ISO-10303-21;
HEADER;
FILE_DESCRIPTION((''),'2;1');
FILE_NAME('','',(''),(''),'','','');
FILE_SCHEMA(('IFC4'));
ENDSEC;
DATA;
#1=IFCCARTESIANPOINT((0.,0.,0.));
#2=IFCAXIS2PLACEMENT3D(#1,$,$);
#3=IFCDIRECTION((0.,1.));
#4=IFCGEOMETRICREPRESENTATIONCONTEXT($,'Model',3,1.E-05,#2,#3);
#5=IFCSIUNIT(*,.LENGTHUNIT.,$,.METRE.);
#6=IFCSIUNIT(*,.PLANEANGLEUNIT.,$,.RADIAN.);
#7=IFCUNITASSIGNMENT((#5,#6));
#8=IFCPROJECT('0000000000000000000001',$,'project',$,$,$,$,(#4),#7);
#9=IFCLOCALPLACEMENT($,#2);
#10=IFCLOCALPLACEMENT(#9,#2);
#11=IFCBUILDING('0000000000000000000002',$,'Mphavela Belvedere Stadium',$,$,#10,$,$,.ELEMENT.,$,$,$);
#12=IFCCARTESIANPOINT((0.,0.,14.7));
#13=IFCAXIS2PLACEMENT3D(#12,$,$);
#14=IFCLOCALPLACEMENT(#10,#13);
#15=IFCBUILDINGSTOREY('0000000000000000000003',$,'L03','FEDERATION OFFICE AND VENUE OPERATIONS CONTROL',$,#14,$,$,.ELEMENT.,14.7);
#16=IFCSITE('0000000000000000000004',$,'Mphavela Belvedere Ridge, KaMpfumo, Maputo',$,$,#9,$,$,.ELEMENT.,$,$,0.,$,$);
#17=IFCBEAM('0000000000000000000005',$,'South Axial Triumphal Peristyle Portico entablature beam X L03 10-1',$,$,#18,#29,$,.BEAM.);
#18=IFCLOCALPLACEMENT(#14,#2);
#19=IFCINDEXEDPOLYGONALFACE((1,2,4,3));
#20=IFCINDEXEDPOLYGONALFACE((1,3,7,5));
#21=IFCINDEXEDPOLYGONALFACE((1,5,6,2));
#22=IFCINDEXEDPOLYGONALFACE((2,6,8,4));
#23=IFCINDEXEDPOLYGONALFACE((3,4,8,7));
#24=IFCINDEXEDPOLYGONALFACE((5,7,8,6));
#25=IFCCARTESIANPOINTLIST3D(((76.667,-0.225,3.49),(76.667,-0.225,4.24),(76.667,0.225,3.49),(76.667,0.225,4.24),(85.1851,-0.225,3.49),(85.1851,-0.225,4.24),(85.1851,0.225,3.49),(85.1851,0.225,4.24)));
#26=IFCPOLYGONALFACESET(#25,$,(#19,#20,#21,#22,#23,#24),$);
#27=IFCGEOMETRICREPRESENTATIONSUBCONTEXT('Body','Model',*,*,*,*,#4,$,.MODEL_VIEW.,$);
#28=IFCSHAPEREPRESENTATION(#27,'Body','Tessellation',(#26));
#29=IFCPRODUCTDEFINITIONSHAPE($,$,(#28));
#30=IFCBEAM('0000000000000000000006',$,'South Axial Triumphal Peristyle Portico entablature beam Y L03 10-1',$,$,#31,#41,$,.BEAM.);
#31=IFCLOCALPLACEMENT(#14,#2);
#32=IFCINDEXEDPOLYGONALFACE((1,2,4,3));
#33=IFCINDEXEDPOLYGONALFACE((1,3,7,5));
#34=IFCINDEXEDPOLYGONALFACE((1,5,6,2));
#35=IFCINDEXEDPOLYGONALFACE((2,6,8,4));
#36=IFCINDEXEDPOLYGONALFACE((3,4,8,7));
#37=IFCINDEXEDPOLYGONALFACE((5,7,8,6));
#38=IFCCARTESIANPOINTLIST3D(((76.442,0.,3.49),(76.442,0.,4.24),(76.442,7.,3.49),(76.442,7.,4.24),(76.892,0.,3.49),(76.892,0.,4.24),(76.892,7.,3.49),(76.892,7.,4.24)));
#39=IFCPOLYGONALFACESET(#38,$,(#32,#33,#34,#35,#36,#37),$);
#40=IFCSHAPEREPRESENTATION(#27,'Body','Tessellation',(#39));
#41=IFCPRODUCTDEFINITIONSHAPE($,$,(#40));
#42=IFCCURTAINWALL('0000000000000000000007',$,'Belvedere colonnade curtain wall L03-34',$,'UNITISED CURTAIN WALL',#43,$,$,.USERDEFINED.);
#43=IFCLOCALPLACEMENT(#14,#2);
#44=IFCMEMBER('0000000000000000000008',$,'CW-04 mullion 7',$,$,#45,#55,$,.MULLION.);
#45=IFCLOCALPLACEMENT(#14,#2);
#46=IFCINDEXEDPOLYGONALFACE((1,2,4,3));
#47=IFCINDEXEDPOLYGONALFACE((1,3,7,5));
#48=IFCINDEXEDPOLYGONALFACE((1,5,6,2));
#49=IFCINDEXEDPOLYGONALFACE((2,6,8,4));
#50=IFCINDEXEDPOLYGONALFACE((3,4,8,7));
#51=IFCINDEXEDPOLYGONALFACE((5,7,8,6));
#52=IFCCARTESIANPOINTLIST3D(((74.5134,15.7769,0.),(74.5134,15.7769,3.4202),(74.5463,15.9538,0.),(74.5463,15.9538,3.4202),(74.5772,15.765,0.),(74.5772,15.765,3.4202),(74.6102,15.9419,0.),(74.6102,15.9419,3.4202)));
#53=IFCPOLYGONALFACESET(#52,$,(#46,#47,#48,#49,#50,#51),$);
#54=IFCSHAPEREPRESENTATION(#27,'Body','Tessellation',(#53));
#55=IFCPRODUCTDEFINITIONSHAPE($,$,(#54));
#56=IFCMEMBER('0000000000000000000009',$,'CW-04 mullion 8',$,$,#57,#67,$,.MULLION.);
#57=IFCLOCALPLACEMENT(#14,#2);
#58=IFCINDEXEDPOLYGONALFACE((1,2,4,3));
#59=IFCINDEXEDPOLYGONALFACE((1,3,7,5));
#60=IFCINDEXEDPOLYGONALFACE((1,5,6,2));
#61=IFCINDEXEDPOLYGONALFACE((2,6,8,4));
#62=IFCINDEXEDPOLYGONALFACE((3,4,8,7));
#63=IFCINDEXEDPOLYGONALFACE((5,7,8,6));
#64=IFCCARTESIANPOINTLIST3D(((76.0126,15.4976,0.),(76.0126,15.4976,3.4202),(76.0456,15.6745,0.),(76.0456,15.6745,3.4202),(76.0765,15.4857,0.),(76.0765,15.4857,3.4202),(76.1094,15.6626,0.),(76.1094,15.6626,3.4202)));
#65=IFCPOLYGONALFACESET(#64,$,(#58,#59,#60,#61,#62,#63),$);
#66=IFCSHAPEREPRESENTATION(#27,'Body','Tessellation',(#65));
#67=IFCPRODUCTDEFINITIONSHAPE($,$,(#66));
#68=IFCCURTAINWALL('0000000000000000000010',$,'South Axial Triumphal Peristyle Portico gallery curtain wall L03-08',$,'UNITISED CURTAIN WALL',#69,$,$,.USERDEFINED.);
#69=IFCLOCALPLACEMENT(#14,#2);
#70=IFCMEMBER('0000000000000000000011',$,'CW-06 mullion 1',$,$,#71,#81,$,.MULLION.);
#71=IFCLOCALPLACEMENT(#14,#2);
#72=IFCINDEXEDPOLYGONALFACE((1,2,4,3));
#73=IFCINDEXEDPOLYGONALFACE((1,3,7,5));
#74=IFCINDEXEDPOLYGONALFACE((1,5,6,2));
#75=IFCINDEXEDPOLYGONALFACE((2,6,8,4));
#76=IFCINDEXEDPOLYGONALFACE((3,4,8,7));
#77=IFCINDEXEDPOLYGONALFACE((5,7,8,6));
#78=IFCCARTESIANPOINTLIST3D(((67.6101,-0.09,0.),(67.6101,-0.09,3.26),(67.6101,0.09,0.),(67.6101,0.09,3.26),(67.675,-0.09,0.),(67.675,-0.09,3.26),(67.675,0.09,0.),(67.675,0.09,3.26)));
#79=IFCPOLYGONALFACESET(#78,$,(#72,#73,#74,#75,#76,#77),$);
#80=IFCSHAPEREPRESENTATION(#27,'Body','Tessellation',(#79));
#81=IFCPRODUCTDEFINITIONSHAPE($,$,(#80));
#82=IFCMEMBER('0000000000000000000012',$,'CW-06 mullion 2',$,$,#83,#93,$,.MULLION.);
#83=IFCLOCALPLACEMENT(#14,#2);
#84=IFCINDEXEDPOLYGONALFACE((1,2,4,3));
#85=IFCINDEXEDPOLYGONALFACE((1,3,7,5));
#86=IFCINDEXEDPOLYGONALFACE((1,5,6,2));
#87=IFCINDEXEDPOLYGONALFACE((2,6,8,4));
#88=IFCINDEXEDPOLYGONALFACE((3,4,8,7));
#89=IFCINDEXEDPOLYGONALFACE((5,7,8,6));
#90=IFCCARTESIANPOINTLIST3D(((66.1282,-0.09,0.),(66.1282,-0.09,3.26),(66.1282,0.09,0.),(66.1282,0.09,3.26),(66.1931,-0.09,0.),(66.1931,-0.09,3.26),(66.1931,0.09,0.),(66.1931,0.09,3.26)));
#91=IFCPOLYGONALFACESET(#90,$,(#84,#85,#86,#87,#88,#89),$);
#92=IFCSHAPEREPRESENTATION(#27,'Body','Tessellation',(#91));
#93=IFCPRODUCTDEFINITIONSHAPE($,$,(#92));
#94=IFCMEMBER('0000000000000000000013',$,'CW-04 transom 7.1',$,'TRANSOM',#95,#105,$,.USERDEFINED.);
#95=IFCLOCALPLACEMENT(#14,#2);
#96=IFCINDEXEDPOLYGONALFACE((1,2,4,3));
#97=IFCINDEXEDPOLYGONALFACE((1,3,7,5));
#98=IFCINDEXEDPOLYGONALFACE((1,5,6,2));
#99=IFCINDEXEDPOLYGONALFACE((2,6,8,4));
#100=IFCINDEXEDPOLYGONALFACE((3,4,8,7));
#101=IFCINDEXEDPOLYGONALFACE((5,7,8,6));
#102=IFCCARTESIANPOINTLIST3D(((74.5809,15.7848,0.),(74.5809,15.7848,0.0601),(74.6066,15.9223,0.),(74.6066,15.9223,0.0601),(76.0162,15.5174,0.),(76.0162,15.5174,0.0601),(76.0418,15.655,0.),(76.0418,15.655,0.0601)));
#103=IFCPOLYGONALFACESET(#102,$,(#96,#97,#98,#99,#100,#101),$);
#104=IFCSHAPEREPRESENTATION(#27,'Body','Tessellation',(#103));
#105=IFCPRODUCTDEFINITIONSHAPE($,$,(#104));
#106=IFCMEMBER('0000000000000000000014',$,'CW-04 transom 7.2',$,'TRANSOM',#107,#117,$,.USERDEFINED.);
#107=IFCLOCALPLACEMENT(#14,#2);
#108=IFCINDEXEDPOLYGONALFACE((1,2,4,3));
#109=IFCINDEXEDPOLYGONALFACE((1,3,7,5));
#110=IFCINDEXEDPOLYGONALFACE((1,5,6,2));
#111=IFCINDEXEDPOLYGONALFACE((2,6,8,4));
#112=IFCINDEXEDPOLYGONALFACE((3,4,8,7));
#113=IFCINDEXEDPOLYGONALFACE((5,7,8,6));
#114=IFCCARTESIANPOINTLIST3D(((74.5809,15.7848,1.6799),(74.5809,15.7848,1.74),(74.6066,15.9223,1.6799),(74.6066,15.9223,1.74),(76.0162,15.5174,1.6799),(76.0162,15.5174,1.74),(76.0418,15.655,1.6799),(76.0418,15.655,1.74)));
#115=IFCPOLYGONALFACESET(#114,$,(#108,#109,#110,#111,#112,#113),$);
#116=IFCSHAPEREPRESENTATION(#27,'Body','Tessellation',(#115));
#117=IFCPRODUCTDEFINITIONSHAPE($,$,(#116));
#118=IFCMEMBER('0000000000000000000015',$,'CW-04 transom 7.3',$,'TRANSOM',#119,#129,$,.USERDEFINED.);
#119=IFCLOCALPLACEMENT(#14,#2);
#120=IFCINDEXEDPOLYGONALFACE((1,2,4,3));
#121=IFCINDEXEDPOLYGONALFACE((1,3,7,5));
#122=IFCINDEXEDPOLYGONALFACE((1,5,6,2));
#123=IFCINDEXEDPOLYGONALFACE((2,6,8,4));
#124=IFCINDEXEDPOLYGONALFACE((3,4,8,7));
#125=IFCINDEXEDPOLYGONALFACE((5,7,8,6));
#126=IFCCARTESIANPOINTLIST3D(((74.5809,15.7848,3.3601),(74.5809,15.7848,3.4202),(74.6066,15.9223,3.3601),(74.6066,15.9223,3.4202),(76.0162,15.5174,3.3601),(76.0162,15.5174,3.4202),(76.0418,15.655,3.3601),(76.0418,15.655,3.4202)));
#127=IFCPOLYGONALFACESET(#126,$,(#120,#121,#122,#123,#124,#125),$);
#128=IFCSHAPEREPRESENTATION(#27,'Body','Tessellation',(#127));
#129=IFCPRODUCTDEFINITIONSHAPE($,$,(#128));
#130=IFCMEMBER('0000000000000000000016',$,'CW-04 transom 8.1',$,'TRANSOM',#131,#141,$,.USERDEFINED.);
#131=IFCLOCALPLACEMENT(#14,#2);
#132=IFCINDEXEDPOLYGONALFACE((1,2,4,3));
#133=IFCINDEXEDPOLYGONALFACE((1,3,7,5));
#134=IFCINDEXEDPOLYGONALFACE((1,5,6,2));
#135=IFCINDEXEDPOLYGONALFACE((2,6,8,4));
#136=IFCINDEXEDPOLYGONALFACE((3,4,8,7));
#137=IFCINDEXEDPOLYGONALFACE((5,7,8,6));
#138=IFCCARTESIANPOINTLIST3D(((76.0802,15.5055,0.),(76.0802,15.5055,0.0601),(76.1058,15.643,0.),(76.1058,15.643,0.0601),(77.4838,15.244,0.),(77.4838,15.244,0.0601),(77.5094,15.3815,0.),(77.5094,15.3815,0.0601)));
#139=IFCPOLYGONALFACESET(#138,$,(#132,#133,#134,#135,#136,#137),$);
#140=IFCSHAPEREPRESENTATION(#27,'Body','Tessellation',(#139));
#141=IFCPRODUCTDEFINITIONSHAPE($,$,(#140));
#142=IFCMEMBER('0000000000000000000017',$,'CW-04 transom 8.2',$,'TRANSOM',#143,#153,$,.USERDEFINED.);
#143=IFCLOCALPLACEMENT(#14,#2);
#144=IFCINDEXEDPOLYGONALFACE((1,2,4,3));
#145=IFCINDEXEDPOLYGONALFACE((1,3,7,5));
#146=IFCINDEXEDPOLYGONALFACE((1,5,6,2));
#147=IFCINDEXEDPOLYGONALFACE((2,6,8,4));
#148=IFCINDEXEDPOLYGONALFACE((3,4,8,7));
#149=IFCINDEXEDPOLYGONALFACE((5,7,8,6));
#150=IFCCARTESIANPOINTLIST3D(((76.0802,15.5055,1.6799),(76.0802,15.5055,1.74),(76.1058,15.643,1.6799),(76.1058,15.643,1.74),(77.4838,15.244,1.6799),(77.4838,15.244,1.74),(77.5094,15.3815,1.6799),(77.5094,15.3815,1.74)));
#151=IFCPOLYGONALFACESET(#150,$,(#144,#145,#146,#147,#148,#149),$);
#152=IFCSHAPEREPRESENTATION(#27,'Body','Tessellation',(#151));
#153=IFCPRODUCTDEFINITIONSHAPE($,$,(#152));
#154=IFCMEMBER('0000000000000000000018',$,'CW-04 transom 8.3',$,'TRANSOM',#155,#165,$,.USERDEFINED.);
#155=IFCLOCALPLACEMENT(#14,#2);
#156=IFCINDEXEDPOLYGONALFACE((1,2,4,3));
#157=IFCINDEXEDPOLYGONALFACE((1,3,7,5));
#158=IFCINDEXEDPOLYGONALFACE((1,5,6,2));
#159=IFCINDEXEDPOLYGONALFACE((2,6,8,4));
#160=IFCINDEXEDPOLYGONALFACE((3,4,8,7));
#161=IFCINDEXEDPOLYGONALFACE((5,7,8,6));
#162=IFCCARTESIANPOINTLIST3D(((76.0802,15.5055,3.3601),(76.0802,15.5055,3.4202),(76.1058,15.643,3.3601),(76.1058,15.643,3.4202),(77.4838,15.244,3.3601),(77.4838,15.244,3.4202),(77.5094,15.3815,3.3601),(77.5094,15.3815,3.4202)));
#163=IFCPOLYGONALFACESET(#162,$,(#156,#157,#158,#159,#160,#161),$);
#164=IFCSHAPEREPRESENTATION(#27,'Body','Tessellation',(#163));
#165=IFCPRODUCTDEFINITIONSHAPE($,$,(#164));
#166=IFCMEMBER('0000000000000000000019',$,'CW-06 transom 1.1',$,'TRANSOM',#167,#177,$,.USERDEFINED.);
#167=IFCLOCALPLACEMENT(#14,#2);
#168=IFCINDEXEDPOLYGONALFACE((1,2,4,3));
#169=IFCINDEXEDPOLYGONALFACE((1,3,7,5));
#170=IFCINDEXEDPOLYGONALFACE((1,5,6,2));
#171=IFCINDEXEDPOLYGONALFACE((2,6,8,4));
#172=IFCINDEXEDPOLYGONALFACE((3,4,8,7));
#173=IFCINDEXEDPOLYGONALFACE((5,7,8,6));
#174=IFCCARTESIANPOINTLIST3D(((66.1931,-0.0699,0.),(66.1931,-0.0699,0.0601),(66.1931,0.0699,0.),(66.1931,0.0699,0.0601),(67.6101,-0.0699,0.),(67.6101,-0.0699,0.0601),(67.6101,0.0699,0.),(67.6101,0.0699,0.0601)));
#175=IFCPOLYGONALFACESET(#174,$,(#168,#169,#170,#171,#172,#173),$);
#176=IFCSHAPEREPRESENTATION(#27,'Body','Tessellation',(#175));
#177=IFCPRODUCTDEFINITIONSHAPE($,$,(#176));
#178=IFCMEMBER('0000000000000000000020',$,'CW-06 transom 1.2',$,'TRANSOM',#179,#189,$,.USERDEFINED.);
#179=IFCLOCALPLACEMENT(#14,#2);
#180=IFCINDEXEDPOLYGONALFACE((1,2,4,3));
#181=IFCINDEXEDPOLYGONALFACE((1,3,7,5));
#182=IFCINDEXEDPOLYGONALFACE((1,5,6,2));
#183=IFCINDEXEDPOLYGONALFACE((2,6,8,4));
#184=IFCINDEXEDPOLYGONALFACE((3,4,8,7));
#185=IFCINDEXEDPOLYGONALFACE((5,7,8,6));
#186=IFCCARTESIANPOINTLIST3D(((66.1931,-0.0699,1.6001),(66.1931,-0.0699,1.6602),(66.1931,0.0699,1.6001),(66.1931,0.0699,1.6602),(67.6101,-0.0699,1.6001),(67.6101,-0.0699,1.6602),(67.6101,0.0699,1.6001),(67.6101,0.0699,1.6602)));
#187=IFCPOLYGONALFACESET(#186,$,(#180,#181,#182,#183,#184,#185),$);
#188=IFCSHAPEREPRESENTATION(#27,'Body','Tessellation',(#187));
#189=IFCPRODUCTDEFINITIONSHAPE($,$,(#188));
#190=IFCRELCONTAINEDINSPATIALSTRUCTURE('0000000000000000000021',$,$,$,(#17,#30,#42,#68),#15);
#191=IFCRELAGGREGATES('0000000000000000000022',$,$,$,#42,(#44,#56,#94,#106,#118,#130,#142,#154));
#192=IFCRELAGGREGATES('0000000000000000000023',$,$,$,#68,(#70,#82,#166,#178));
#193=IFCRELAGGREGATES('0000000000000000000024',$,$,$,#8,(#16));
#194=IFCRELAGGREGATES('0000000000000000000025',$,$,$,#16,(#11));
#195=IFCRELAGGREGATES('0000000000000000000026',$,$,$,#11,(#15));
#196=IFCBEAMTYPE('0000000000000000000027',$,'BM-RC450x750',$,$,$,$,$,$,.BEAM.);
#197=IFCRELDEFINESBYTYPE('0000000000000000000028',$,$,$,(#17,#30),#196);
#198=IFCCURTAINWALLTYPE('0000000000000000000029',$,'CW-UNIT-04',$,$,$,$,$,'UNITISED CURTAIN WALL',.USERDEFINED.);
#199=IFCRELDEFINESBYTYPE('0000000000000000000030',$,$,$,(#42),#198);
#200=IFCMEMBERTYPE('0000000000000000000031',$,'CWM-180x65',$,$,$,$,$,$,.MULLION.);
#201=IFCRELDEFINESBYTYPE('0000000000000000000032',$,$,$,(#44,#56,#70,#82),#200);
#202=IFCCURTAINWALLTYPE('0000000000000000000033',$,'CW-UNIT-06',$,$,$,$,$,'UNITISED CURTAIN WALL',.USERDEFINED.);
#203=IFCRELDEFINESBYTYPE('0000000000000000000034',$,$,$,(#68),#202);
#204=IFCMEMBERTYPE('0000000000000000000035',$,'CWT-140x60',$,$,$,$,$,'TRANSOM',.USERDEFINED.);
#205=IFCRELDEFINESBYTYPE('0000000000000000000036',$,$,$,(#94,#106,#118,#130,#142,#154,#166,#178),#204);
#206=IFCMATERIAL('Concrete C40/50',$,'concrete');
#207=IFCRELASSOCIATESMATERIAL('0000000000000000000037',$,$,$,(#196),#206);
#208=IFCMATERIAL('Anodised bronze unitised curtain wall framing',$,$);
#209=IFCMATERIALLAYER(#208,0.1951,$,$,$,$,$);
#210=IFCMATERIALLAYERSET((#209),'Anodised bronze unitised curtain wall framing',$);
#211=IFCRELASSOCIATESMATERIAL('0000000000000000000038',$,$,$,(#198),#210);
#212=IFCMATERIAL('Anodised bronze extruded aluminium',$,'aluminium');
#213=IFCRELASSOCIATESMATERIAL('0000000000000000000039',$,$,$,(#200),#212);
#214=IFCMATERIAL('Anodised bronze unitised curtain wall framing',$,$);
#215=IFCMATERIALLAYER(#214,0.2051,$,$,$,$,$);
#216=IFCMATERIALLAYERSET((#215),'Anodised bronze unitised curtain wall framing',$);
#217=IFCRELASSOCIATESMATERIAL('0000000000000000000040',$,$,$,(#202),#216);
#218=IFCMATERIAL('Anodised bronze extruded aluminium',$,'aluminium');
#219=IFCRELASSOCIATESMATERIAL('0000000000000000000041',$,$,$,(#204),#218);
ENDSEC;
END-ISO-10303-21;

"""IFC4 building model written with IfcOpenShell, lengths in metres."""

from ifc_helpers import new_model, si_unit, direction, frame, origin, origin_2d, place, context, subcontext, project, spatial, rectangle, extrude, material, layer, layer_set, material_profile, profile_set, type_object, element, aggregate, save


model = new_model("IFC4")

# Units and contexts
model_context = context("Model", 3, precision=1e-05, world=origin(), true_north=direction((0.0, 1.0)))
body_context = subcontext(model_context, "Body", "Model", "MODEL_VIEW")
ifc_project = project(units=[si_unit("LENGTHUNIT", "METRE"), si_unit("PLANEANGLEUNIT", "RADIAN")], contexts=[model_context])

# Site, building, storey
site_placement = place(None, origin())
site = spatial("IfcSite", under=ifc_project, at=site_placement, Name="Mphavela Belvedere Ridge, KaMpfumo, Maputo", CompositionType="ELEMENT", RefElevation=0.0)
building_placement = place(site_placement, origin())
building = spatial("IfcBuilding", under=site, at=building_placement, Name="Mphavela Belvedere Stadium", CompositionType="ELEMENT")
storey_placement = place(building_placement, frame((0.0, 0.0, 14.7)))
storey = spatial("IfcBuildingStorey", under=building, at=storey_placement, Name="L03", Description="FEDERATION OFFICE AND VENUE OPERATIONS CONTROL", CompositionType="ELEMENT", Elevation=14.7)

# Beams
ifc_material_1 = material(Name="Concrete C40/50", Category="concrete")
ifc_material_profile_1 = material_profile(ifc_material_1, rectangle(XDim=0.45, YDim=0.75, at=origin_2d()), Name="RC 450x750")
ifc_profile_set_1 = profile_set([ifc_material_profile_1], Name="Concrete C40/50")
beam_type_1 = type_object("IfcBeamType", Name="BM-RC450x750", PredefinedType="BEAM", material=ifc_profile_set_1)
beam_1_placement = place(storey_placement, frame((76.667, 0.0, 3.865), z_axis=(1.0, 0.0, 0.0), x_axis=(0.0, 1.0, 0.0)))
element("IfcBeam", 1, at=beam_1_placement, inside=storey, type_object=beam_type_1, Name="South Axial Triumphal Peristyle Portico entablature beam X L03 10-1", PredefinedType="BEAM", context=body_context, shape_type="SweptSolid", body=[
    extrude(rectangle(XDim=0.45, YDim=0.75, at=origin_2d()), origin(), (0.0, 0.0, 1.0), 8.5181),
])
beam_2_placement = place(storey_placement, frame((76.667, 0.0, 3.865), z_axis=(0.0, 1.0, 0.0), x_axis=(-1.0, 0.0, 0.0)))
element("IfcBeam", 2, at=beam_2_placement, inside=storey, type_object=beam_type_1, Name="South Axial Triumphal Peristyle Portico entablature beam Y L03 10-1", PredefinedType="BEAM", context=body_context, shape_type="SweptSolid", body=[
    extrude(rectangle(XDim=0.45, YDim=0.75, at=origin_2d()), origin(), (0.0, 0.0, 1.0), 7.0),
])

# Curtain walls, members
ifc_material_2 = material(Name="Anodised bronze unitised curtain wall framing")
ifc_layer_1 = layer(ifc_material_2, 0.1951)
ifc_layer_set_1 = layer_set([ifc_layer_1], Name="Anodised bronze unitised curtain wall framing")
curtain_wall_type_1 = type_object("IfcCurtainWallType", Name="CW-UNIT-04", ElementType="UNITISED CURTAIN WALL", PredefinedType="USERDEFINED", material=ifc_layer_set_1)
curtain_wall_1_placement = place(storey_placement, origin())
curtain_wall_1 = element("IfcCurtainWall", 3, at=curtain_wall_1_placement, inside=storey, type_object=curtain_wall_type_1, Name="Belvedere colonnade curtain wall L03-34", ObjectType="UNITISED CURTAIN WALL", PredefinedType="USERDEFINED")
ifc_material_3 = material(Name="Anodised bronze extruded aluminium", Category="aluminium")
ifc_material_profile_2 = material_profile(ifc_material_3, rectangle(XDim=0.1799, YDim=0.0649, at=origin_2d()), Name="CW-MUL 180x65")
ifc_profile_set_2 = profile_set([ifc_material_profile_2], Name="Anodised bronze extruded aluminium")
member_type_1 = type_object("IfcMemberType", Name="CWM-180x65", PredefinedType="MULLION", material=ifc_profile_set_2)
member_1_placement = place(storey_placement, frame((74.5618, 15.8594, 0.0), z_axis=(0.0, 0.0, 1.0), x_axis=(0.183088, 0.983097, 0.0)))
member_1 = element("IfcMember", 4, at=member_1_placement, type_object=member_type_1, Name="CW-04 mullion 7", PredefinedType="MULLION", context=body_context, shape_type="SweptSolid", body=[
    extrude(rectangle(XDim=0.1799, YDim=0.0649, at=origin_2d()), origin(), (0.0, 0.0, 1.0), 3.4202),
])
member_2_placement = place(storey_placement, frame((76.061, 15.5801, 0.0), z_axis=(0.0, 0.0, 1.0), x_axis=(0.183088, 0.983097, 0.0)))
member_2 = element("IfcMember", 5, at=member_2_placement, type_object=member_type_1, Name="CW-04 mullion 8", PredefinedType="MULLION", context=body_context, shape_type="SweptSolid", body=[
    extrude(rectangle(XDim=0.1799, YDim=0.0649, at=origin_2d()), origin(), (0.0, 0.0, 1.0), 3.4202),
])
ifc_material_4 = material(Name="Anodised bronze unitised curtain wall framing")
ifc_layer_2 = layer(ifc_material_4, 0.2051)
ifc_layer_set_2 = layer_set([ifc_layer_2], Name="Anodised bronze unitised curtain wall framing")
curtain_wall_type_2 = type_object("IfcCurtainWallType", Name="CW-UNIT-06", ElementType="UNITISED CURTAIN WALL", PredefinedType="USERDEFINED", material=ifc_layer_set_2)
curtain_wall_2_placement = place(storey_placement, origin())
curtain_wall_2 = element("IfcCurtainWall", 6, at=curtain_wall_2_placement, inside=storey, type_object=curtain_wall_type_2, Name="South Axial Triumphal Peristyle Portico gallery curtain wall L03-08", ObjectType="UNITISED CURTAIN WALL", PredefinedType="USERDEFINED")
member_3_placement = place(storey_placement, frame((67.6426, 0.0, 0.0), z_axis=(0.0, 0.0, 1.0), x_axis=(0.0, -1.0, 0.0)))
member_3 = element("IfcMember", 7, at=member_3_placement, type_object=member_type_1, Name="CW-06 mullion 1", PredefinedType="MULLION", context=body_context, shape_type="SweptSolid", body=[
    extrude(rectangle(XDim=0.1799, YDim=0.0649, at=origin_2d()), origin(), (0.0, 0.0, 1.0), 3.26),
])
member_4_placement = place(storey_placement, frame((66.1606, 0.0, 0.0), z_axis=(0.0, 0.0, 1.0), x_axis=(0.0, -1.0, 0.0)))
member_4 = element("IfcMember", 8, at=member_4_placement, type_object=member_type_1, Name="CW-06 mullion 2", PredefinedType="MULLION", context=body_context, shape_type="SweptSolid", body=[
    extrude(rectangle(XDim=0.1799, YDim=0.0649, at=origin_2d()), origin(), (0.0, 0.0, 1.0), 3.26),
])

# Members
ifc_material_5 = material(Name="Anodised bronze extruded aluminium", Category="aluminium")
ifc_material_profile_3 = material_profile(ifc_material_5, rectangle(XDim=0.1399, YDim=0.0601, at=origin_2d()), Name="CW-TRN 140x60")
ifc_profile_set_3 = profile_set([ifc_material_profile_3], Name="Anodised bronze extruded aluminium")
member_type_2 = type_object("IfcMemberType", Name="CWT-140x60", ElementType="TRANSOM", PredefinedType="USERDEFINED", material=ifc_profile_set_3)
member_5_placement = place(storey_placement, frame((74.5938, 15.8535, 0.03), z_axis=(0.983093, -0.183107, 0.0), x_axis=(0.183107, 0.983093, 0.0)))
member_5 = element("IfcMember", 9, at=member_5_placement, type_object=member_type_2, Name="CW-04 transom 7.1", ObjectType="TRANSOM", PredefinedType="USERDEFINED", context=body_context, shape_type="SweptSolid", body=[
    extrude(rectangle(XDim=0.1399, YDim=0.0601, at=origin_2d()), origin(), (0.0, 0.0, 1.0), 1.46),
])
member_6_placement = place(storey_placement, frame((74.5938, 15.8535, 1.71), z_axis=(0.983093, -0.183107, 0.0), x_axis=(0.183107, 0.983093, 0.0)))
member_6 = element("IfcMember", 10, at=member_6_placement, type_object=member_type_2, Name="CW-04 transom 7.2", ObjectType="TRANSOM", PredefinedType="USERDEFINED", context=body_context, shape_type="SweptSolid", body=[
    extrude(rectangle(XDim=0.1399, YDim=0.0601, at=origin_2d()), origin(), (0.0, 0.0, 1.0), 1.46),
])
member_7_placement = place(storey_placement, frame((74.5938, 15.8535, 3.3901), z_axis=(0.983093, -0.183107, 0.0), x_axis=(0.183107, 0.983093, 0.0)))
member_7 = element("IfcMember", 11, at=member_7_placement, type_object=member_type_2, Name="CW-04 transom 7.3", ObjectType="TRANSOM", PredefinedType="USERDEFINED", context=body_context, shape_type="SweptSolid", body=[
    extrude(rectangle(XDim=0.1399, YDim=0.0601, at=origin_2d()), origin(), (0.0, 0.0, 1.0), 1.46),
])
member_8_placement = place(storey_placement, frame((76.093, 15.5742, 0.03), z_axis=(0.983086, -0.183142, 0.0), x_axis=(0.183142, 0.983086, 0.0)))
member_8 = element("IfcMember", 12, at=member_8_placement, type_object=member_type_2, Name="CW-04 transom 8.1", ObjectType="TRANSOM", PredefinedType="USERDEFINED", context=body_context, shape_type="SweptSolid", body=[
    extrude(rectangle(XDim=0.1399, YDim=0.0601, at=origin_2d()), origin(), (0.0, 0.0, 1.0), 1.4277),
])
member_9_placement = place(storey_placement, frame((76.093, 15.5742, 1.71), z_axis=(0.983086, -0.183142, 0.0), x_axis=(0.183142, 0.983086, 0.0)))
member_9 = element("IfcMember", 13, at=member_9_placement, type_object=member_type_2, Name="CW-04 transom 8.2", ObjectType="TRANSOM", PredefinedType="USERDEFINED", context=body_context, shape_type="SweptSolid", body=[
    extrude(rectangle(XDim=0.1399, YDim=0.0601, at=origin_2d()), origin(), (0.0, 0.0, 1.0), 1.4277),
])
member_10_placement = place(storey_placement, frame((76.093, 15.5742, 3.3901), z_axis=(0.983086, -0.183142, 0.0), x_axis=(0.183142, 0.983086, 0.0)))
member_10 = element("IfcMember", 14, at=member_10_placement, type_object=member_type_2, Name="CW-04 transom 8.3", ObjectType="TRANSOM", PredefinedType="USERDEFINED", context=body_context, shape_type="SweptSolid", body=[
    extrude(rectangle(XDim=0.1399, YDim=0.0601, at=origin_2d()), origin(), (0.0, 0.0, 1.0), 1.4277),
])
member_11_placement = place(storey_placement, frame((67.6101, 0.0, 0.03), z_axis=(-1.0, 0.0, 0.0), x_axis=(0.0, -1.0, 0.0)))
member_11 = element("IfcMember", 15, at=member_11_placement, type_object=member_type_2, Name="CW-06 transom 1.1", ObjectType="TRANSOM", PredefinedType="USERDEFINED", context=body_context, shape_type="SweptSolid", body=[
    extrude(rectangle(XDim=0.1399, YDim=0.0601, at=origin_2d()), origin(), (0.0, 0.0, 1.0), 1.417),
])
member_12_placement = place(storey_placement, frame((67.6101, 0.0, 1.6301), z_axis=(-1.0, 0.0, 0.0), x_axis=(0.0, -1.0, 0.0)))
member_12 = element("IfcMember", 16, at=member_12_placement, type_object=member_type_2, Name="CW-06 transom 1.2", ObjectType="TRANSOM", PredefinedType="USERDEFINED", context=body_context, shape_type="SweptSolid", body=[
    extrude(rectangle(XDim=0.1399, YDim=0.0601, at=origin_2d()), origin(), (0.0, 0.0, 1.0), 1.417),
])

aggregate(curtain_wall_1, [member_1, member_2, member_5, member_6, member_7, member_8, member_9, member_10])
aggregate(curtain_wall_2, [member_3, member_4, member_11, member_12])

save(model, "model.ifc")
